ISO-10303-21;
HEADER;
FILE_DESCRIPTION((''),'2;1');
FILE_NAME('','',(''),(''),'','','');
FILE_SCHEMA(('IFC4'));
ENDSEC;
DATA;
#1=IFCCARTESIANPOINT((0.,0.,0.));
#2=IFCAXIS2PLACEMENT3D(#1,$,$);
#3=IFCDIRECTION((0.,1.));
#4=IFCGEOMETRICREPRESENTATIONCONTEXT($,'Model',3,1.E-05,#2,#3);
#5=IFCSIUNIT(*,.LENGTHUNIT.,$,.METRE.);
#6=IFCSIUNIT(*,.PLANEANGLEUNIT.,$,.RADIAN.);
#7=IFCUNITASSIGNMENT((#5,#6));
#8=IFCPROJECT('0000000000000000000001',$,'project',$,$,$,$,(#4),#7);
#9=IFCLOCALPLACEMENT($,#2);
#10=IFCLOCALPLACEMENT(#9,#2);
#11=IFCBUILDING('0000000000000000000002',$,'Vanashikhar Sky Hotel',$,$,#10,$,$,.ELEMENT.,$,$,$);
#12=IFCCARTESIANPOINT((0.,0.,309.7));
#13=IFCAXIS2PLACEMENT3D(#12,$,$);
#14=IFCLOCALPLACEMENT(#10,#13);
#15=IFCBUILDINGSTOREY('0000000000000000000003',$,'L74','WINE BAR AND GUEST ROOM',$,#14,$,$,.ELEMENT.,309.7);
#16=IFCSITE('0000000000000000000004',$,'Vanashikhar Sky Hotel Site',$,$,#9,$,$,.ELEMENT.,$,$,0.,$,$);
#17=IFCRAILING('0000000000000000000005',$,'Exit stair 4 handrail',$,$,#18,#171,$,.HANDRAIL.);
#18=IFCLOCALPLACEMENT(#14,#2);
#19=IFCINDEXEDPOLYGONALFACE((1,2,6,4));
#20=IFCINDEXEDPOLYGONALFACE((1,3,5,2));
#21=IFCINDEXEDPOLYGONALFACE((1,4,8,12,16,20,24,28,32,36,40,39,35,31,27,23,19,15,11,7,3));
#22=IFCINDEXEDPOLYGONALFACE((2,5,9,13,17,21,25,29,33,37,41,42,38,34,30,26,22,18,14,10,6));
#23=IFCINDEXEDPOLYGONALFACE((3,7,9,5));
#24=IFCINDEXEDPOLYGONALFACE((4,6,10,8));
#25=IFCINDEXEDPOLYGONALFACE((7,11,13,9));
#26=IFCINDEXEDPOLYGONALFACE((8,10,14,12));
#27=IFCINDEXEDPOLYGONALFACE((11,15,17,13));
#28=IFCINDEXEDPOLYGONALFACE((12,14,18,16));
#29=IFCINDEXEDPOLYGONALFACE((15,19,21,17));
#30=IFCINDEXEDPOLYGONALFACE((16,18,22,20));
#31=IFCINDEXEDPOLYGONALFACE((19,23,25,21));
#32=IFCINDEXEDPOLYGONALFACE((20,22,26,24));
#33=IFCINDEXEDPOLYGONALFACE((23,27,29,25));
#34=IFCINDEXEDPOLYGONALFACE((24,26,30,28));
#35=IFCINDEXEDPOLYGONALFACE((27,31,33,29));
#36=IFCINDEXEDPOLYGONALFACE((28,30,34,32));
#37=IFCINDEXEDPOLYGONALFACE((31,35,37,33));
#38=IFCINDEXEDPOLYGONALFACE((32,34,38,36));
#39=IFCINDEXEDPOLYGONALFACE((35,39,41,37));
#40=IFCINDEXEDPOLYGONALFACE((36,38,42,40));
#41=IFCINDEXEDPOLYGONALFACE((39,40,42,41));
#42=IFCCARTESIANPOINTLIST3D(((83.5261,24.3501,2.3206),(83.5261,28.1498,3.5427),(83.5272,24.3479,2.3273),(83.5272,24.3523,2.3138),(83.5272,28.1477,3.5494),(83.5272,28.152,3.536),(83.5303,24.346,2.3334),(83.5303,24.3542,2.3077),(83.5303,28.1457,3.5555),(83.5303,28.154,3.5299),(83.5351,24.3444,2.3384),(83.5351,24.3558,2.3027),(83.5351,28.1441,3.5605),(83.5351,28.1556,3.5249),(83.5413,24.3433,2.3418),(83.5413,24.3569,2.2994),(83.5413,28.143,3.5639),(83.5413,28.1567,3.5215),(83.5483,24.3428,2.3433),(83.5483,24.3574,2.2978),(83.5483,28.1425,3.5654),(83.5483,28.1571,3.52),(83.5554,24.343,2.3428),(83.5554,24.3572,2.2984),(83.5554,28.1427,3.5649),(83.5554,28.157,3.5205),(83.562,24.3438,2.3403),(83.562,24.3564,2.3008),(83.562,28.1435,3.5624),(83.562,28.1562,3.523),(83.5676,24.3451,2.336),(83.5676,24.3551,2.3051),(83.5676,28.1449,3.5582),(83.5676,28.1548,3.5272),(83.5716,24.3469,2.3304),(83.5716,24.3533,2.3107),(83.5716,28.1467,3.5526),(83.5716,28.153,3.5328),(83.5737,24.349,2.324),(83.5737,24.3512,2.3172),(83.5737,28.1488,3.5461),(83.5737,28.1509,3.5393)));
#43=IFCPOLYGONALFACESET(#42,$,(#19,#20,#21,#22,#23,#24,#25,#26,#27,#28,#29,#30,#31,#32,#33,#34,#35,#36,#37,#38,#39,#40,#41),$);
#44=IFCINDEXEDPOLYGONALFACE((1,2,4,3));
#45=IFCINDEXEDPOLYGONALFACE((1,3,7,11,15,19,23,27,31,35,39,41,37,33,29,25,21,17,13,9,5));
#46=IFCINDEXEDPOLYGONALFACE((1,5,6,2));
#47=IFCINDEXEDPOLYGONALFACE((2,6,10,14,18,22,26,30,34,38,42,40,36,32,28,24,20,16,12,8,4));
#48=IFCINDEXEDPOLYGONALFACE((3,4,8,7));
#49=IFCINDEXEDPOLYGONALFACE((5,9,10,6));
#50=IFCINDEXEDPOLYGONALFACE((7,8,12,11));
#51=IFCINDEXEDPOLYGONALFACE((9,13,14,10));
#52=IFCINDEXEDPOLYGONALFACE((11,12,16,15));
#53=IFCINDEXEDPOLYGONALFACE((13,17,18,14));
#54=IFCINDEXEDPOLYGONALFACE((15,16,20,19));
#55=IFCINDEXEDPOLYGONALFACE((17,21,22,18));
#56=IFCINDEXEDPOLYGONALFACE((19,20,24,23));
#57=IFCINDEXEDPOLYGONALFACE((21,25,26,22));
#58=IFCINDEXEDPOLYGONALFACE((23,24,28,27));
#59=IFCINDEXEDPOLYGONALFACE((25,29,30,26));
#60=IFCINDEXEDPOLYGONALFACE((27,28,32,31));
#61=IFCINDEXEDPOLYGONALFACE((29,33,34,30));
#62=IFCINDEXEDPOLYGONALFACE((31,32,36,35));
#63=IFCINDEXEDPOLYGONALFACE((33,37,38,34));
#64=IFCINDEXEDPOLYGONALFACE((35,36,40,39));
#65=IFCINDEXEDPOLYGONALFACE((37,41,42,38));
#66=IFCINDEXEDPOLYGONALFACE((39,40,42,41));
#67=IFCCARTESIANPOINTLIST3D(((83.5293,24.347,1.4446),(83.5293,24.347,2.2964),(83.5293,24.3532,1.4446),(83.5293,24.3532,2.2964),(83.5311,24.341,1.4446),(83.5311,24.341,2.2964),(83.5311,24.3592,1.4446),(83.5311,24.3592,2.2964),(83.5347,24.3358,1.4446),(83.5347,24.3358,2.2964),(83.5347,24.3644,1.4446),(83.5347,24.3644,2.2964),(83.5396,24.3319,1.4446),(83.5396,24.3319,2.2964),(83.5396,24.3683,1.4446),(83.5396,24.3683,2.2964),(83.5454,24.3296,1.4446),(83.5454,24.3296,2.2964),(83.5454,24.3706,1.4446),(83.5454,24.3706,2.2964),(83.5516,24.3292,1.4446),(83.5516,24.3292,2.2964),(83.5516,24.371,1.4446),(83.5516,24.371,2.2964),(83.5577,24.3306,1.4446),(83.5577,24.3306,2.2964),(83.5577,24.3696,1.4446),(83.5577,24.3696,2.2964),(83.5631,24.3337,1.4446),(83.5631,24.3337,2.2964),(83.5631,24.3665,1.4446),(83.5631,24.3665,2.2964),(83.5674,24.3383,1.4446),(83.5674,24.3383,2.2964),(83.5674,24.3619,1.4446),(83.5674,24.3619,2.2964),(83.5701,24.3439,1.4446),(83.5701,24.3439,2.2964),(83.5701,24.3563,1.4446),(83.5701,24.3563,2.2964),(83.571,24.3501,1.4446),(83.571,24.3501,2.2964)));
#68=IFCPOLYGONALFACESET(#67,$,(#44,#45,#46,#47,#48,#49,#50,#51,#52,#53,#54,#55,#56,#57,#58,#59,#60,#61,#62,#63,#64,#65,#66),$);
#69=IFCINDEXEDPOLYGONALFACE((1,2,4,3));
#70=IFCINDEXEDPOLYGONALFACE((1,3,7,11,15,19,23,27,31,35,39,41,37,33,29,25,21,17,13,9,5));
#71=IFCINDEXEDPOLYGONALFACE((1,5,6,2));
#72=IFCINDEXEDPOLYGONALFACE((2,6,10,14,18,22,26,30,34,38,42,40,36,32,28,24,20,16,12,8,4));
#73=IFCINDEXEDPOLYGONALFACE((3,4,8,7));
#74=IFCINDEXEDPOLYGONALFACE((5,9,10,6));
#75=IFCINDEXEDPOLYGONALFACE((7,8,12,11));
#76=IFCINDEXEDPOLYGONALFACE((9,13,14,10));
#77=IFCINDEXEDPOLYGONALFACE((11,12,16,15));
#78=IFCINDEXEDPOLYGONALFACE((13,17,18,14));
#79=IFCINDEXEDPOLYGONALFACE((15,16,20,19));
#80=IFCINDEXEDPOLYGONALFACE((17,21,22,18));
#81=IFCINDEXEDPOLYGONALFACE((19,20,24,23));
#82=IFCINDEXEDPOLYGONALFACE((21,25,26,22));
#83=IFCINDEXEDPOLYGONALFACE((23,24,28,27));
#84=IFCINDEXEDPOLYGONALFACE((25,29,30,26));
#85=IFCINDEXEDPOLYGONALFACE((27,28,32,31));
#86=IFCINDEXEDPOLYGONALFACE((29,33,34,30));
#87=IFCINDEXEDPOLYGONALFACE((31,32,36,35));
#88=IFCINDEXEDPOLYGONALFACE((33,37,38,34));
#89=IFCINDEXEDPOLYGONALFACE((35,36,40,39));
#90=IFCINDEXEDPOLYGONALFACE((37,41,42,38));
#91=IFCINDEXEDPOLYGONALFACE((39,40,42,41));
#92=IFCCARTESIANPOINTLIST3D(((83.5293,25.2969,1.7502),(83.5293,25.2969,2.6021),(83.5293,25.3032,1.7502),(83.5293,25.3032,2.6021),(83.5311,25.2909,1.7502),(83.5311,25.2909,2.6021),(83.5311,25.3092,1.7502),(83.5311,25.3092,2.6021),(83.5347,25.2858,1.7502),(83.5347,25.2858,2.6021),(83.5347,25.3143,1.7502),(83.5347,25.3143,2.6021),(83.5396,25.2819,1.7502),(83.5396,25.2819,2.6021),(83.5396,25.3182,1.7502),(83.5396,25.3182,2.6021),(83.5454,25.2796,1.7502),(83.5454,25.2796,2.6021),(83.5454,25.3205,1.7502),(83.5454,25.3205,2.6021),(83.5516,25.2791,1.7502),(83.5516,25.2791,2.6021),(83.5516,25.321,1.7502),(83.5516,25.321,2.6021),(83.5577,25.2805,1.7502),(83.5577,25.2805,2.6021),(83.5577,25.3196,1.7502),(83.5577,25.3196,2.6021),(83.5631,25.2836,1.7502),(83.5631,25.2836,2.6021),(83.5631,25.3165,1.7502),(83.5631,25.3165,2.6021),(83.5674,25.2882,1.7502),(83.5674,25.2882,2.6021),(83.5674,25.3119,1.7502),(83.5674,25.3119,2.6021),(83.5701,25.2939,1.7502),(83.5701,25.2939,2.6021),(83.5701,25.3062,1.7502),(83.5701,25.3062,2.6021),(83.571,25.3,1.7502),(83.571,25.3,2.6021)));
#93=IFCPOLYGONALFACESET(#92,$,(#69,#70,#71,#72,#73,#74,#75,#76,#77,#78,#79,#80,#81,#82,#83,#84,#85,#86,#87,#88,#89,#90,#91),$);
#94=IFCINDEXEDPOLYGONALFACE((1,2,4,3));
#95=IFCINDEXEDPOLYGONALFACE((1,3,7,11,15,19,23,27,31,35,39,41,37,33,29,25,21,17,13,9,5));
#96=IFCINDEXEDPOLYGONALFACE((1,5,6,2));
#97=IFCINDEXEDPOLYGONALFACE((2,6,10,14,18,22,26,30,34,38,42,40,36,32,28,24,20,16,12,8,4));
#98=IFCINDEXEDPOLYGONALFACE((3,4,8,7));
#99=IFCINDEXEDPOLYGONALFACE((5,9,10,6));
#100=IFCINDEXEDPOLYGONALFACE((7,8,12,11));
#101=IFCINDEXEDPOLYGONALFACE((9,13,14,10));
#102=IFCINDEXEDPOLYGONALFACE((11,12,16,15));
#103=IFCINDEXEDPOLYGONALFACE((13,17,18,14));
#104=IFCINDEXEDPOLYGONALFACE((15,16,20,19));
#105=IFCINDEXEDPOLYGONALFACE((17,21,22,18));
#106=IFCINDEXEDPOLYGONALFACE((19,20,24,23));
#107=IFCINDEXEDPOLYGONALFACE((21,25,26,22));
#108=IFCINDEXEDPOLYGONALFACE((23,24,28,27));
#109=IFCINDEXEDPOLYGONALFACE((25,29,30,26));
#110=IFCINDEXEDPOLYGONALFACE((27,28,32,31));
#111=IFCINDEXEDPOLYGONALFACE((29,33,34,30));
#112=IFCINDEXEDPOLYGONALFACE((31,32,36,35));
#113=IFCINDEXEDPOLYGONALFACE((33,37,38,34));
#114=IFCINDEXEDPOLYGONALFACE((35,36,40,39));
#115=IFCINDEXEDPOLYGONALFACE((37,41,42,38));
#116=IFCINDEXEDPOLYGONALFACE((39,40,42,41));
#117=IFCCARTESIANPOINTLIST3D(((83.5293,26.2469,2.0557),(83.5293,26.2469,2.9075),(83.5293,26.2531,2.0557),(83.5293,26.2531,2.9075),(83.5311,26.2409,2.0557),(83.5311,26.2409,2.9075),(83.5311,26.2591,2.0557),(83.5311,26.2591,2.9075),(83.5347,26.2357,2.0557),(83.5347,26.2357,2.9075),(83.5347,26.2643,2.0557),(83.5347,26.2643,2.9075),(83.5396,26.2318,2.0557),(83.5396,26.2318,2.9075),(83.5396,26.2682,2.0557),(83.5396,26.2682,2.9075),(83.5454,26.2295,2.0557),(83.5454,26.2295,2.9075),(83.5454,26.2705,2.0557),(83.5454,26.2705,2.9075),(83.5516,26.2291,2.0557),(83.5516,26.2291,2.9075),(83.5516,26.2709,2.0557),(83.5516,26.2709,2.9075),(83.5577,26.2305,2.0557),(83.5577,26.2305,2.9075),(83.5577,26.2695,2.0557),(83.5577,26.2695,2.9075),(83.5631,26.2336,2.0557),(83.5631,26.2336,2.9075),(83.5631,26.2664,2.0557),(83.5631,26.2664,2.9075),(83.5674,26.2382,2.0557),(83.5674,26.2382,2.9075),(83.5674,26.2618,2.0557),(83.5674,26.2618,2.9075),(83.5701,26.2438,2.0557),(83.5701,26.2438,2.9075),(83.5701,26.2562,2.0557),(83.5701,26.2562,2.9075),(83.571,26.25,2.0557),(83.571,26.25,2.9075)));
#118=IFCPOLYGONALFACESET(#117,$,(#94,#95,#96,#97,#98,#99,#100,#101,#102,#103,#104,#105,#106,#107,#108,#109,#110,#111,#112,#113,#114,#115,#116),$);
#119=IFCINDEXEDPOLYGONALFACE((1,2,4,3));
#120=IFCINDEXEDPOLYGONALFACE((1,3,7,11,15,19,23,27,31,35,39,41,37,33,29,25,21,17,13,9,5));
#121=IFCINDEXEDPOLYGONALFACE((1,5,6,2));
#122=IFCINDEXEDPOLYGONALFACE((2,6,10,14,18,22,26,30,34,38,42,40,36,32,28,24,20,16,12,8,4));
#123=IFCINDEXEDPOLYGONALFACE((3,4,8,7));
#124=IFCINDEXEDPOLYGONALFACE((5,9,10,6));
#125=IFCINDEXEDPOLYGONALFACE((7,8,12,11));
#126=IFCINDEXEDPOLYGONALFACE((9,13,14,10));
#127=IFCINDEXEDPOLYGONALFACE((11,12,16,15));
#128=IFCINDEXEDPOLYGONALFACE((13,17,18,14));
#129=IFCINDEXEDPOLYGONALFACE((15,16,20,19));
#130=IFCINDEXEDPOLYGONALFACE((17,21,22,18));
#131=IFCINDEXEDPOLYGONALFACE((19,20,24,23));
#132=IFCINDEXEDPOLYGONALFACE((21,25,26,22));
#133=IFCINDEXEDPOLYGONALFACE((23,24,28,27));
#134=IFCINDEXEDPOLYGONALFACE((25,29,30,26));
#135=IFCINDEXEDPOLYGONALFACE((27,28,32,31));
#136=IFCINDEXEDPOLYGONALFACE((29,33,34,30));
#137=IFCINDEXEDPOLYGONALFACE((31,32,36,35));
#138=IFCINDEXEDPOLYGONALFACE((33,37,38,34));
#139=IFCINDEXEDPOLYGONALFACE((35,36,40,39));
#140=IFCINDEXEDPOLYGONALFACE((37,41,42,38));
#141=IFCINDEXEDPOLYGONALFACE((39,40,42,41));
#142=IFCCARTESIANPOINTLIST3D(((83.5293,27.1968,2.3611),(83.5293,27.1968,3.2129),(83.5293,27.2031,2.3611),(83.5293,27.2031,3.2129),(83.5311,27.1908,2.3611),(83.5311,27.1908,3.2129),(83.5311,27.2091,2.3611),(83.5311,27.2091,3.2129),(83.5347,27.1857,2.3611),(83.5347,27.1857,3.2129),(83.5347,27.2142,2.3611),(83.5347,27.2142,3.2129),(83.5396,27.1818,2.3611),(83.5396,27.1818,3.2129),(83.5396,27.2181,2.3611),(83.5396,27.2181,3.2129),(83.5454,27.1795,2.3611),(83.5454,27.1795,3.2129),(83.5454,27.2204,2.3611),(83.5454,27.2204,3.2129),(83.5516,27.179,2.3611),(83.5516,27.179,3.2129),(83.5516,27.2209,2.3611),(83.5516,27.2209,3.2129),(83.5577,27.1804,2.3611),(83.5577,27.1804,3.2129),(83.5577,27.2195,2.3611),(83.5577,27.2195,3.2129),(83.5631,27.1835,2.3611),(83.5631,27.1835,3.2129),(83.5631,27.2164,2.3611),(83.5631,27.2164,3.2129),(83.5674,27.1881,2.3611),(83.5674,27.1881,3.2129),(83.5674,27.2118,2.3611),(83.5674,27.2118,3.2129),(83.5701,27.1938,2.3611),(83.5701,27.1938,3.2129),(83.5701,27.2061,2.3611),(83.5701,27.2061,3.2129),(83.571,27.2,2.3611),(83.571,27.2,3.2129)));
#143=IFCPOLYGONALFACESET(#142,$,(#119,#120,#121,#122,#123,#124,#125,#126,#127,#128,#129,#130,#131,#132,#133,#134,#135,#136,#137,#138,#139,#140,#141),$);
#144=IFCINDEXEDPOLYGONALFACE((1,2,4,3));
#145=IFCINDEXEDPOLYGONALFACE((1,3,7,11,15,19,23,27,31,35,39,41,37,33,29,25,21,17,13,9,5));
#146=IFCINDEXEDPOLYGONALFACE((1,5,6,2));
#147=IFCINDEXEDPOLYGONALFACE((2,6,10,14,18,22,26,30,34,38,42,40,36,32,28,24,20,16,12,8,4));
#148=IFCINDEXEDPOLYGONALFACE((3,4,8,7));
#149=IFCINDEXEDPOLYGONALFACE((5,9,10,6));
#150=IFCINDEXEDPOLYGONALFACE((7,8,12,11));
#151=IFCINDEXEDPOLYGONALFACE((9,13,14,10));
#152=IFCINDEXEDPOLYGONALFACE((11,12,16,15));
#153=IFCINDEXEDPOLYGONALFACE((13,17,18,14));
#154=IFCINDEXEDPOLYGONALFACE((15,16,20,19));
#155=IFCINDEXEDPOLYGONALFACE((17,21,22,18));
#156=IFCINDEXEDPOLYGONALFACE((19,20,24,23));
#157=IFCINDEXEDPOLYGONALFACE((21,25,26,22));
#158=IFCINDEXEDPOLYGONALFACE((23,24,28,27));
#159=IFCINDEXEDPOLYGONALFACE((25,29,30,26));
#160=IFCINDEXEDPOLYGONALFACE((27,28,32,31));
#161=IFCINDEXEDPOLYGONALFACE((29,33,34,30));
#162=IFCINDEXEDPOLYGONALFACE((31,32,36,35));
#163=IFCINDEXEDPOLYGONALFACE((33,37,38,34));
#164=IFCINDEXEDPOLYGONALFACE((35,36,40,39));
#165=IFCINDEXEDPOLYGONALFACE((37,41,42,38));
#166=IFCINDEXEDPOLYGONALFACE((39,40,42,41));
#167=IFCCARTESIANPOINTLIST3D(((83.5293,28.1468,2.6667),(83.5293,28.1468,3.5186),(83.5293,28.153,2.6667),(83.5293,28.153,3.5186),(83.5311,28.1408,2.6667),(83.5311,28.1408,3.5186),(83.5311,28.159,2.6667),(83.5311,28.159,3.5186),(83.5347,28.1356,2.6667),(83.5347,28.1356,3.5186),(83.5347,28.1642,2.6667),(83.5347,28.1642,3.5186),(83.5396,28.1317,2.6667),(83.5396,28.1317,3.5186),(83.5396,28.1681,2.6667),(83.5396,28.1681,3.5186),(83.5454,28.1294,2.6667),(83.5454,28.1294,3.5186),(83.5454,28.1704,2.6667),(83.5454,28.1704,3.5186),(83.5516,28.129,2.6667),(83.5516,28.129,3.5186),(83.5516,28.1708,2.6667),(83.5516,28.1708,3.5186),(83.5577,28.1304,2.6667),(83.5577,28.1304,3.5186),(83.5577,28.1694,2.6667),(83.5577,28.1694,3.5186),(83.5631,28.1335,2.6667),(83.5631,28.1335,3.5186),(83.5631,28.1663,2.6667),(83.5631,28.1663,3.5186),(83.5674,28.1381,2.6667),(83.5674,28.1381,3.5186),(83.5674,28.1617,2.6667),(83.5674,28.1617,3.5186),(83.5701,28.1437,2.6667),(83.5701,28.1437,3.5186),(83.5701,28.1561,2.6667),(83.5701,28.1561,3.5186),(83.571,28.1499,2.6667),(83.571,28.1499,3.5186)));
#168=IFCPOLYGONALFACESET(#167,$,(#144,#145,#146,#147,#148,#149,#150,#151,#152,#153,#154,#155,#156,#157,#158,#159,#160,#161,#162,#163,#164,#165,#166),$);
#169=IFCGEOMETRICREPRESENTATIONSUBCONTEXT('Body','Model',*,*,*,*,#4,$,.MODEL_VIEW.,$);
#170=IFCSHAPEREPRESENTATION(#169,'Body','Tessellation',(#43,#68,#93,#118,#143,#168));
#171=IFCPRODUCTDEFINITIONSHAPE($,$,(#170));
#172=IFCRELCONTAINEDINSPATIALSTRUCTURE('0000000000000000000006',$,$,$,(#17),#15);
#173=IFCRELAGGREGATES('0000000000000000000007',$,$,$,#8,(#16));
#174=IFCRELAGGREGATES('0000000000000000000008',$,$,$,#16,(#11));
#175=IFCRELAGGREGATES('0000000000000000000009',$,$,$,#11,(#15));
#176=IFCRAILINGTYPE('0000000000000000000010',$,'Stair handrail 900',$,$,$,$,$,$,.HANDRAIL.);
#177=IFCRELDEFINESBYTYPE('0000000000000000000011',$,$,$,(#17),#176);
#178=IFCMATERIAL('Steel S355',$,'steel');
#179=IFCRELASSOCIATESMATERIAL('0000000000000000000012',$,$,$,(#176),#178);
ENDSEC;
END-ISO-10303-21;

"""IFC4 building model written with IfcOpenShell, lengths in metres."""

from ifc_helpers import new_model, si_unit, direction, frame, origin, origin_2d, place, context, subcontext, project, spatial, circle, extrude, source, transform, mapped, material, type_object, element, save


model = new_model("IFC4")

# Units and contexts
model_context = context("Model", 3, precision=1e-05, world=origin(), true_north=direction((0.0, 1.0)))
body_context = subcontext(model_context, "Body", "Model", "MODEL_VIEW")
ifc_project = project(units=[si_unit("LENGTHUNIT", "METRE"), si_unit("PLANEANGLEUNIT", "RADIAN")], contexts=[model_context])

# Site, building, storey
site_placement = place(None, origin())
site = spatial("IfcSite", under=ifc_project, at=site_placement, Name="Vanashikhar Sky Hotel Site", CompositionType="ELEMENT", RefElevation=0.0)
building_placement = place(site_placement, origin())
building = spatial("IfcBuilding", under=site, at=building_placement, Name="Vanashikhar Sky Hotel", CompositionType="ELEMENT")
storey_placement = place(building_placement, frame((0.0, 0.0, 309.7)))
storey = spatial("IfcBuildingStorey", under=building, at=storey_placement, Name="L74", Description="WINE BAR AND GUEST ROOM", CompositionType="ELEMENT", Elevation=309.7)

# Railing
ifc_material_1 = material(Name="Steel S355", Category="steel")
railing_type = type_object("IfcRailingType", Name="Stair handrail 900", PredefinedType="HANDRAIL", material=ifc_material_1)
shared_shape_1 = source(origin(), body_context, "Body", "SweptSolid", [
    extrude(circle(Radius=0.0239, at=origin_2d()), frame((0.0, 0.0, 0.876), z_axis=(0.0, 0.95197, 0.306191), x_axis=(-1.0, 0.0, 0.0)), (0.0, 0.0, 1.0), 3.9915),
    extrude(circle(Radius=0.021, at=origin_2d()), origin(), (0.0, 0.0, 1.0), 0.8518),
    extrude(circle(Radius=0.021, at=origin_2d()), frame((0.0, 0.95, 0.3057)), (0.0, 0.0, 1.0), 0.8518),
    extrude(circle(Radius=0.021, at=origin_2d()), frame((0.0, 1.8999, 0.6111)), (0.0, 0.0, 1.0), 0.8518),
    extrude(circle(Radius=0.021, at=origin_2d()), frame((0.0, 2.8499, 0.9165)), (0.0, 0.0, 1.0), 0.8518),
    extrude(circle(Radius=0.021, at=origin_2d()), frame((0.0, 3.7998, 1.2222)), (0.0, 0.0, 1.0), 0.8518),
])
railing_1_placement = place(storey_placement, frame((83.55, 24.3501, 1.4446)))
element("IfcRailing", 1, at=railing_1_placement, inside=storey, type_object=railing_type, Name="Exit stair 4 handrail", PredefinedType="HANDRAIL", context=body_context, shape_type="MappedRepresentation", body=[
    mapped(shared_shape_1, transform((0.0, 0.0, 0.0), scale=1.0)),
])

save(model, "model.ifc")
